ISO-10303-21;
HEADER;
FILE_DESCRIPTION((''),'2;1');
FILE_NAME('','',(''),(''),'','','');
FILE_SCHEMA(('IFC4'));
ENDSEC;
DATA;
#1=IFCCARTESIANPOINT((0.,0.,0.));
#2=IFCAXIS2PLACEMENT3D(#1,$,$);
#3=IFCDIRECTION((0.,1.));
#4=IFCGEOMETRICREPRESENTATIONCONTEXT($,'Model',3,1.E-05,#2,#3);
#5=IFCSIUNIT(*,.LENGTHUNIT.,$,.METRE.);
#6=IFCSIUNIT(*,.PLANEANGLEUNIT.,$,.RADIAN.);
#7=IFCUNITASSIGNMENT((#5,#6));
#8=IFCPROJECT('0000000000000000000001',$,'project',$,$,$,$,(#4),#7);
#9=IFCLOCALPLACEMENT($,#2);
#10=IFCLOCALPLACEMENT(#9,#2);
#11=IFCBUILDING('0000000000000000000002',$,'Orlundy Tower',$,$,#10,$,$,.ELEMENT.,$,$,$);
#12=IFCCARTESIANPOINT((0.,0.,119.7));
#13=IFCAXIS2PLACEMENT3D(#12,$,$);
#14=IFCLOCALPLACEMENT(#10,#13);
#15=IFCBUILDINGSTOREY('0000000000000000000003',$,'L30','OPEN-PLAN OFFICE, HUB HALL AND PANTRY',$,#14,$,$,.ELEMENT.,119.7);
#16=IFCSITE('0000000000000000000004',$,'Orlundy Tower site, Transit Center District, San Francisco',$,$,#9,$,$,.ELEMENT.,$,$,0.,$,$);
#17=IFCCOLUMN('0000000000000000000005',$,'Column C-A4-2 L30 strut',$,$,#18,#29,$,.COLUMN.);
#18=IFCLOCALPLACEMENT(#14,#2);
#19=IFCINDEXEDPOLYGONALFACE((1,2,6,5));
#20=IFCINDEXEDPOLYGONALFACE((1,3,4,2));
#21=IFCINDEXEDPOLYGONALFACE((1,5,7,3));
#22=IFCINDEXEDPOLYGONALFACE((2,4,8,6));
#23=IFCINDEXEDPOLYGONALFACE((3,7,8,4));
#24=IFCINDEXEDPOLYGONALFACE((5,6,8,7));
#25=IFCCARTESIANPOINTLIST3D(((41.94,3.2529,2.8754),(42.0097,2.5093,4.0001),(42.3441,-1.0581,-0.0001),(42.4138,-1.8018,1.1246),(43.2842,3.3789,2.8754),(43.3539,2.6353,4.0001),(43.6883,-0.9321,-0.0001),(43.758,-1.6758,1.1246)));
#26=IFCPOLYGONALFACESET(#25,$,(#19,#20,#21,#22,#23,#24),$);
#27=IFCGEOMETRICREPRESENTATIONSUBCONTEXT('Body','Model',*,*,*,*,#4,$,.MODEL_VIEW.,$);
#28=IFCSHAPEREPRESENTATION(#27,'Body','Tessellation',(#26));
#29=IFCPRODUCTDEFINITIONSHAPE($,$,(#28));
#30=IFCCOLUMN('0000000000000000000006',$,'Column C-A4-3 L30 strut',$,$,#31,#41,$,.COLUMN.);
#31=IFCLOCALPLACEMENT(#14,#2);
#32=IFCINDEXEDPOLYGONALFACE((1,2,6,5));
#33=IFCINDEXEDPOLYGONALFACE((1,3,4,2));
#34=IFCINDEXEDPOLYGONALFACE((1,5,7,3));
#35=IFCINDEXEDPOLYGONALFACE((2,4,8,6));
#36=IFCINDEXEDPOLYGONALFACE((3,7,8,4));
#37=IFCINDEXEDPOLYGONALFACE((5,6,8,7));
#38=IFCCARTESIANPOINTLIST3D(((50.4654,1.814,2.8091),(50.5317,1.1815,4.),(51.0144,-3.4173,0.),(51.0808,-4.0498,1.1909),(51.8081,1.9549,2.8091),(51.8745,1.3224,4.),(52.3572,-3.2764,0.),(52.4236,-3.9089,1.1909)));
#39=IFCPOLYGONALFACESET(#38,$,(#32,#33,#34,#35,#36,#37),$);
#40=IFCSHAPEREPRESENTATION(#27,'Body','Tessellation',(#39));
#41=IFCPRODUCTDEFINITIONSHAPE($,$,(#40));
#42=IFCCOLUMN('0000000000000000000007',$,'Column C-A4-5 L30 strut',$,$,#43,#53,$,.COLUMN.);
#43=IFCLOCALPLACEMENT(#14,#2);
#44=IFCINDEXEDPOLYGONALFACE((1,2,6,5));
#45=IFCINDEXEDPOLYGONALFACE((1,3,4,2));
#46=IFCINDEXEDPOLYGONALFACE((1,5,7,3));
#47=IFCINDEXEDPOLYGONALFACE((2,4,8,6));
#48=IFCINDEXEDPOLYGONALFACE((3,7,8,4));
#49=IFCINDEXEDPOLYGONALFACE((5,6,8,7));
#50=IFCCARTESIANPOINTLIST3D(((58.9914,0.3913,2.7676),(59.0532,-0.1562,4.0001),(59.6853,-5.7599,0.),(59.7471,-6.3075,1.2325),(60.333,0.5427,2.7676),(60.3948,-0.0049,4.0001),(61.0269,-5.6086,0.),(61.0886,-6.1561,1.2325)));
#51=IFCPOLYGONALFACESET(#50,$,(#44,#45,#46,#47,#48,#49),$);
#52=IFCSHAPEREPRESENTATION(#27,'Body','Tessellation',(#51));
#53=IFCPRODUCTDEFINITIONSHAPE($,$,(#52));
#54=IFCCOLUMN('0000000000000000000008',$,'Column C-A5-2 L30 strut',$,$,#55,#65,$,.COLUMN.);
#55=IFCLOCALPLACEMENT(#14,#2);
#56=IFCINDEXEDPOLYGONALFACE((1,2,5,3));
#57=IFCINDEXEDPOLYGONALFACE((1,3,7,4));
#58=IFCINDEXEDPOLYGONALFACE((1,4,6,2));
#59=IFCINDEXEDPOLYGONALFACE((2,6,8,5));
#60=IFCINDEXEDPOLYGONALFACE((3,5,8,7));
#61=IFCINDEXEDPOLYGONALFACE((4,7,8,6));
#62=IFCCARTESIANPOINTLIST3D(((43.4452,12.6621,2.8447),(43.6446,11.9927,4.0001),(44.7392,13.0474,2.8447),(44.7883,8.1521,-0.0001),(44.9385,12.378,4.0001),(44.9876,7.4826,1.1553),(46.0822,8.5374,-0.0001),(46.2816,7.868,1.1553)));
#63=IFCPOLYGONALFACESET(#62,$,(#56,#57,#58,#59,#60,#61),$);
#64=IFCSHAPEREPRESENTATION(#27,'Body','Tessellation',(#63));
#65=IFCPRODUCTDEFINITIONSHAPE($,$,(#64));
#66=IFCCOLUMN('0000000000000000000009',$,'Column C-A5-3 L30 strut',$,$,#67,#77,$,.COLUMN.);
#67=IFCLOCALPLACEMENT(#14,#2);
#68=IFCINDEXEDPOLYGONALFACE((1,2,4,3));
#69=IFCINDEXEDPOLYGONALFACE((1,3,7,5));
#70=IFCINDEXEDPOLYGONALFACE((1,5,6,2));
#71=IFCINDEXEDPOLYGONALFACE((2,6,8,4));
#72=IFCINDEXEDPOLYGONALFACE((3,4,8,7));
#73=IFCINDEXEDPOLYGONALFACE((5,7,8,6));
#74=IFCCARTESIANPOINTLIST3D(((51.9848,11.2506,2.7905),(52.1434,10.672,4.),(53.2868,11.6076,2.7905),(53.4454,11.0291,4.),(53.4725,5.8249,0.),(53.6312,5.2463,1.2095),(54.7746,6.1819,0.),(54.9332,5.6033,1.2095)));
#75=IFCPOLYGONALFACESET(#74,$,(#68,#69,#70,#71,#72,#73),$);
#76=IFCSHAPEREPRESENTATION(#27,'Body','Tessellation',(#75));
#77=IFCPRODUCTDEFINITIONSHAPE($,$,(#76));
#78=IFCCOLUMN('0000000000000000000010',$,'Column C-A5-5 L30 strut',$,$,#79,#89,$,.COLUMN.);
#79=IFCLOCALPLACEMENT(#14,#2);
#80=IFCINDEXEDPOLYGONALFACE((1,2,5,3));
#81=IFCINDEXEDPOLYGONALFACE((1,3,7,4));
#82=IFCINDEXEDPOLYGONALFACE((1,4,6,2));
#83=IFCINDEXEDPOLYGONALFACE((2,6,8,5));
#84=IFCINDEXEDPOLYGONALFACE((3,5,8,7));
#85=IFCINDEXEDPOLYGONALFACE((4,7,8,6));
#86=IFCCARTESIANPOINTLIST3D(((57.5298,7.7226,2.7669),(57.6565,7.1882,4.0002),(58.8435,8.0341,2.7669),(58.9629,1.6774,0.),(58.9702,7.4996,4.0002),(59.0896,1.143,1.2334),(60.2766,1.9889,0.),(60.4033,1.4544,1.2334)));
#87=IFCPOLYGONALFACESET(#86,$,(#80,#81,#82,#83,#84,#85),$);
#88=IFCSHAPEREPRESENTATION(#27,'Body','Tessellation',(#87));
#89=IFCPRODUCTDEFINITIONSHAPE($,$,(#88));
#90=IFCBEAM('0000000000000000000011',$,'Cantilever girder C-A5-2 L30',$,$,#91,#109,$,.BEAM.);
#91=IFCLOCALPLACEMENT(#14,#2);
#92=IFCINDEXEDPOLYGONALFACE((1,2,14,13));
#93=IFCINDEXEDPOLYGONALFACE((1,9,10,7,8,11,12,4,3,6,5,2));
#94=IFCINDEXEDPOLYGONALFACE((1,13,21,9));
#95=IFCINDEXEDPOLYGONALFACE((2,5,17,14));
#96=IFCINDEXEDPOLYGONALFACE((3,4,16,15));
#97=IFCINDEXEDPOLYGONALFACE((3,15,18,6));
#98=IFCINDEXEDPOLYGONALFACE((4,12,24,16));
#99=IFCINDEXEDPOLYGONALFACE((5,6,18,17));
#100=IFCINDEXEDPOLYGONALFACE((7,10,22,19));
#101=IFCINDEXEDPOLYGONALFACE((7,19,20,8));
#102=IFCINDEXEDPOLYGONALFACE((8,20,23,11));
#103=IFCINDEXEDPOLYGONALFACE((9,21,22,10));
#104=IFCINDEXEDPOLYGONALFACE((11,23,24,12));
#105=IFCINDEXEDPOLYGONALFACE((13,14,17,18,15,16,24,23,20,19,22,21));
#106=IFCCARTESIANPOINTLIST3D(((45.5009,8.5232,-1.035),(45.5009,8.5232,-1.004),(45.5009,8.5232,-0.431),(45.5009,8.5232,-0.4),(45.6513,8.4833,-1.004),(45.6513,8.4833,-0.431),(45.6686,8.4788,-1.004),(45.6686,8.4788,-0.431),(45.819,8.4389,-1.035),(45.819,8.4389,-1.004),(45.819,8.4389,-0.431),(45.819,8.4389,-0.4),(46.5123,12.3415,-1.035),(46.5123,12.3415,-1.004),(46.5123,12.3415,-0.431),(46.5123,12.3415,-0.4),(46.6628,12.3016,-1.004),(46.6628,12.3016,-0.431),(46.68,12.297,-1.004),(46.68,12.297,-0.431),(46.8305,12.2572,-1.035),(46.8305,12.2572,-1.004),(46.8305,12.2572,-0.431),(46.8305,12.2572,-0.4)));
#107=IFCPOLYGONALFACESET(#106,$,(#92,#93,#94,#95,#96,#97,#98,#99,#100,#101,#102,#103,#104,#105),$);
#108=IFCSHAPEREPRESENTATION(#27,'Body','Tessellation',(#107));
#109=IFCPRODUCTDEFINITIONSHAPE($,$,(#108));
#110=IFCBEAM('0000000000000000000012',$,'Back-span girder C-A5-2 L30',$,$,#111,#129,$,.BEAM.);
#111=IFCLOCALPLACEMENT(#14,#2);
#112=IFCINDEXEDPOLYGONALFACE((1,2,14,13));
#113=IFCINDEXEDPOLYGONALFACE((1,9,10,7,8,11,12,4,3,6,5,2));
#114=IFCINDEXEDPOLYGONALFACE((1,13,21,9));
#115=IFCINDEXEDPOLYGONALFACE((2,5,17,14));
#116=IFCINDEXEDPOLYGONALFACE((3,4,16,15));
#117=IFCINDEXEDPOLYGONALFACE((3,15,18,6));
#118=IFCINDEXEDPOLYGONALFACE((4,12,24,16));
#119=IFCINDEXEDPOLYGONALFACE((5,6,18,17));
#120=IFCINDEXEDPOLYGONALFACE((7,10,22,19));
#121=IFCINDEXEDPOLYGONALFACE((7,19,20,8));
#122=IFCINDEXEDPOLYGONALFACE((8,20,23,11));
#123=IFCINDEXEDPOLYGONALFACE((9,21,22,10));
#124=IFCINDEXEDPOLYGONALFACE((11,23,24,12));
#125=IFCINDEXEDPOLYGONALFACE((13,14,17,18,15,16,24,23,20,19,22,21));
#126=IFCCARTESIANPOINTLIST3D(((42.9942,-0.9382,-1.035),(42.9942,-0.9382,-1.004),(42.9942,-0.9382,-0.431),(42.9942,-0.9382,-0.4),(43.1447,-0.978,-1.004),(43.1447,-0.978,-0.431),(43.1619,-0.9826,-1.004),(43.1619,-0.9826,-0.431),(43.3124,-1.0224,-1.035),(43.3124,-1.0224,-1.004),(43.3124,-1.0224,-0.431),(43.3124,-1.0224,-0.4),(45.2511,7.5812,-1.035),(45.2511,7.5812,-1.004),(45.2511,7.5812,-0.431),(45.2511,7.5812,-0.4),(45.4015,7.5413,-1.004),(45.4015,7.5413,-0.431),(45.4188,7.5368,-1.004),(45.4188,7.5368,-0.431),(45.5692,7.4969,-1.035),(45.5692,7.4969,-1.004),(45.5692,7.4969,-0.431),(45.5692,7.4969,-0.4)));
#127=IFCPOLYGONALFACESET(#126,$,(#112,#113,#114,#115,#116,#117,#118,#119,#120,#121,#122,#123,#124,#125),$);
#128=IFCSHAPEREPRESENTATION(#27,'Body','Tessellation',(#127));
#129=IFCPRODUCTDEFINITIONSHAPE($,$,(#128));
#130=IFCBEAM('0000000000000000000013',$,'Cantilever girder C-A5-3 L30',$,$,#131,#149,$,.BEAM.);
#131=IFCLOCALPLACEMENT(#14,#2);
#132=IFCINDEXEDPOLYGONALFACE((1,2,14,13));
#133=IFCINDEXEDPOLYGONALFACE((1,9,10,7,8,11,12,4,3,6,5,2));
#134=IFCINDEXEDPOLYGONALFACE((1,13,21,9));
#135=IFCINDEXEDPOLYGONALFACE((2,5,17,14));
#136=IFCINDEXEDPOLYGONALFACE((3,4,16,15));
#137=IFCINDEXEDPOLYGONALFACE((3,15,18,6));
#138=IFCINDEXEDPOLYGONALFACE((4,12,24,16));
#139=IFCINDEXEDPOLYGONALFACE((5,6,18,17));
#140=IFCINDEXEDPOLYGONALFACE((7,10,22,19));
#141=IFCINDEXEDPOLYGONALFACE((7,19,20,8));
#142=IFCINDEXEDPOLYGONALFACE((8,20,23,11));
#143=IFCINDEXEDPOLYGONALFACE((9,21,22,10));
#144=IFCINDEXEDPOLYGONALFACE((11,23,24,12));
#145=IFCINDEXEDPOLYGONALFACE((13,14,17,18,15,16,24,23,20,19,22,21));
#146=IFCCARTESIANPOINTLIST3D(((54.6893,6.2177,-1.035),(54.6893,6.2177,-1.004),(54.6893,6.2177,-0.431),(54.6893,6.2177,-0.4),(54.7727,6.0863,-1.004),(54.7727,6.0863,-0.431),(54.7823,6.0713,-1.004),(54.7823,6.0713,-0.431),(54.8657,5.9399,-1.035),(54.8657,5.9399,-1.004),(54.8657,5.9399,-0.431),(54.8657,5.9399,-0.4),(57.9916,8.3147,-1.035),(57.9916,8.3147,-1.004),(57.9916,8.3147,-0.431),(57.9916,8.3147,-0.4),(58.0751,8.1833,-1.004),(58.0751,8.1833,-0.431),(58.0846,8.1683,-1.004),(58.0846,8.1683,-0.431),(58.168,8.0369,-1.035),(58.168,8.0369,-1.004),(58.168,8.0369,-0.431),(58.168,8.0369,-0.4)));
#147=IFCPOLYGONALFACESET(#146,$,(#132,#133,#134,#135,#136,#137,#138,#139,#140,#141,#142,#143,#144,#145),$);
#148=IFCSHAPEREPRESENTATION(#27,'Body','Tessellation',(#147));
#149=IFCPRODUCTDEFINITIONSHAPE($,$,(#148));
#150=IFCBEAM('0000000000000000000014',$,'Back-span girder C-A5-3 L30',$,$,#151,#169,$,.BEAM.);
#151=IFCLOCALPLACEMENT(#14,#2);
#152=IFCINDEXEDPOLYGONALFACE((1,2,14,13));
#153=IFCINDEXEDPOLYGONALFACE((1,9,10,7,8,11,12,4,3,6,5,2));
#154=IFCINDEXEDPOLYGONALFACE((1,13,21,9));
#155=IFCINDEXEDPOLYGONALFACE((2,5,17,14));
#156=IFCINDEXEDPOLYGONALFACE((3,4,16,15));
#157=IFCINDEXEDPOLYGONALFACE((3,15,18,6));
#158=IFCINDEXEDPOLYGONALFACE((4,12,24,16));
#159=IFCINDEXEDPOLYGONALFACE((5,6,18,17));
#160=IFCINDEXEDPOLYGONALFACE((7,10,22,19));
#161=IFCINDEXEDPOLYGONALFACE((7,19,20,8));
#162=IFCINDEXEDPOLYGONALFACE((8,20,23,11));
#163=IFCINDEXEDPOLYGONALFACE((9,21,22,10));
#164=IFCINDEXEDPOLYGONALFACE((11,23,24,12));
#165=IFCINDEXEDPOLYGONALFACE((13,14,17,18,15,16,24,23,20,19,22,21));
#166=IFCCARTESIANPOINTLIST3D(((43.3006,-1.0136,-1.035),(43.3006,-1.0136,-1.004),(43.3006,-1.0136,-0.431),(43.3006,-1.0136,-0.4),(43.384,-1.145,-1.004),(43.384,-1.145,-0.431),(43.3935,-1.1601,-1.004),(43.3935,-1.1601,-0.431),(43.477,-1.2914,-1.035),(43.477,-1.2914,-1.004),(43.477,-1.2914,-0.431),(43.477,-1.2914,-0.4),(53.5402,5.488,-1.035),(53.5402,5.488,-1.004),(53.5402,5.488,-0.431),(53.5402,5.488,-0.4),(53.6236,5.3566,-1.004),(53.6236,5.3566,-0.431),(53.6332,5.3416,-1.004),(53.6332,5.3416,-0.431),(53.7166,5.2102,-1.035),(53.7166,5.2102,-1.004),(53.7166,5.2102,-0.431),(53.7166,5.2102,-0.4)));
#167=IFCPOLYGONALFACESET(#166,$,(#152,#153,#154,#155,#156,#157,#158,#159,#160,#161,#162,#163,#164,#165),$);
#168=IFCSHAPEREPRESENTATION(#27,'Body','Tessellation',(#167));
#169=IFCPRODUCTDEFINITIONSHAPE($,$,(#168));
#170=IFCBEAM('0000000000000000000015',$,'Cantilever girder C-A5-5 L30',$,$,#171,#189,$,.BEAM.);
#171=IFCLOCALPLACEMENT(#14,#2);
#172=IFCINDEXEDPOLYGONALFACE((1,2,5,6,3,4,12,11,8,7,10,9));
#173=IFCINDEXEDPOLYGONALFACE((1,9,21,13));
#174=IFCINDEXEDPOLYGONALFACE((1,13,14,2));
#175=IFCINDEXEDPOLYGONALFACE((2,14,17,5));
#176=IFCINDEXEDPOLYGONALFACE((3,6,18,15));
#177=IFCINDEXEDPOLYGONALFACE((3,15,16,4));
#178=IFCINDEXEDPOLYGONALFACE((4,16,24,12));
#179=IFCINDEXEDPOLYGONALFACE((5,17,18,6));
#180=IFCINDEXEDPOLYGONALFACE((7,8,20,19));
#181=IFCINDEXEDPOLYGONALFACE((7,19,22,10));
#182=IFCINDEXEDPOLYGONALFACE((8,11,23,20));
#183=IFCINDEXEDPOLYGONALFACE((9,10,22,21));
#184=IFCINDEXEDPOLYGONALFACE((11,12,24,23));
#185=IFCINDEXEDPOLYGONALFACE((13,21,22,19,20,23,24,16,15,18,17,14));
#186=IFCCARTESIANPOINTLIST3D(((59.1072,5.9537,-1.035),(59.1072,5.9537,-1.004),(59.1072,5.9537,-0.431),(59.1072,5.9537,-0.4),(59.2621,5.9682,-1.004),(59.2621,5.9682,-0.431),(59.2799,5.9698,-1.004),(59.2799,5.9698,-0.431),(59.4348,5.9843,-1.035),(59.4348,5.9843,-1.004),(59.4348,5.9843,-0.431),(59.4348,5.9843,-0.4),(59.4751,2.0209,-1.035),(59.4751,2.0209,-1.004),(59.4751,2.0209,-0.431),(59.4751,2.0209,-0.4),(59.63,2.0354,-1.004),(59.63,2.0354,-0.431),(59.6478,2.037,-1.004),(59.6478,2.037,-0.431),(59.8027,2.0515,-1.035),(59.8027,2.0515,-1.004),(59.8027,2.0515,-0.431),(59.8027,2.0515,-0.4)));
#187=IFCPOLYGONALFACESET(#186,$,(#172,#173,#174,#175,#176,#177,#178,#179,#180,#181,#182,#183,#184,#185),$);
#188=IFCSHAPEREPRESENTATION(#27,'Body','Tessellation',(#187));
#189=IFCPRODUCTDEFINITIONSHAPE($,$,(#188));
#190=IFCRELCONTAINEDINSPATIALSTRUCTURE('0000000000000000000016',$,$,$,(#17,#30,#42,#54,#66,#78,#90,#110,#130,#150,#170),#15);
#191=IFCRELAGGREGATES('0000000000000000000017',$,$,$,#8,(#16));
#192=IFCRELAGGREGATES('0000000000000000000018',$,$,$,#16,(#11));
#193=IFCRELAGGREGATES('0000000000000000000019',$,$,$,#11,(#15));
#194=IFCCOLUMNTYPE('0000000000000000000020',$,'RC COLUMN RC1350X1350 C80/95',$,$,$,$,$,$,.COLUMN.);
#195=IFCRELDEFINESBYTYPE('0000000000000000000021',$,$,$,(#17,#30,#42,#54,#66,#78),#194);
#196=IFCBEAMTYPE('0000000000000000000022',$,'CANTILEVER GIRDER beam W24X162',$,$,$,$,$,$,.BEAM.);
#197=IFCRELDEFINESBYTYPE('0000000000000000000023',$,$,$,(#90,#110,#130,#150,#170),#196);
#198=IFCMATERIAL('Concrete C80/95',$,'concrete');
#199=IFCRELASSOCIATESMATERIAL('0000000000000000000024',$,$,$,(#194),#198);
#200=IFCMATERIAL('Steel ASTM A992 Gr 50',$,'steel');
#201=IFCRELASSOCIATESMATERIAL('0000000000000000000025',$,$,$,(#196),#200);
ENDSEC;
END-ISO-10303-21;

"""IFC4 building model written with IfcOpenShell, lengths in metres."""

from ifc_helpers import new_model, si_unit, direction, frame, origin, origin_2d, place, context, subcontext, project, spatial, rectangle, i_section, extrude, material, material_profile, profile_set, type_object, element, save


model = new_model("IFC4")

# Units and contexts
model_context = context("Model", 3, precision=1e-05, world=origin(), true_north=direction((0.0, 1.0)))
body_context = subcontext(model_context, "Body", "Model", "MODEL_VIEW")
ifc_project = project(units=[si_unit("LENGTHUNIT", "METRE"), si_unit("PLANEANGLEUNIT", "RADIAN")], contexts=[model_context])

# Site, building, storey
site_placement = place(None, origin())
site = spatial("IfcSite", under=ifc_project, at=site_placement, Name="Orlundy Tower site, Transit Center District, San Francisco", CompositionType="ELEMENT", RefElevation=0.0)
building_placement = place(site_placement, origin())
building = spatial("IfcBuilding", under=site, at=building_placement, Name="Orlundy Tower", CompositionType="ELEMENT")
storey_placement = place(building_placement, frame((0.0, 0.0, 119.7)))
storey = spatial("IfcBuildingStorey", under=building, at=storey_placement, Name="L30", Description="OPEN-PLAN OFFICE, HUB HALL AND PANTRY", CompositionType="ELEMENT", Elevation=119.7)

# Columns
ifc_material_1 = material(Name="Concrete C80/95", Category="concrete")
ifc_material_profile_1 = material_profile(ifc_material_1, rectangle(XDim=1.3501, YDim=1.3501, at=origin_2d()), Name="RC1350X1350")
ifc_profile_set_1 = profile_set([ifc_material_profile_1], Name="Concrete C80/95")
column_type = type_object("IfcColumnType", Name="RC COLUMN RC1350X1350 C80/95", PredefinedType="COLUMN", material=ifc_profile_set_1)
column_1_placement = place(storey_placement, frame((43.051, -1.3669, 0.5623), z_axis=(-0.077736, 0.829402, 0.553217), x_axis=(-0.995637, -0.093316, 0.0)))
element("IfcColumn", 1, at=column_1_placement, inside=storey, type_object=column_type, Name="Column C-A4-2 L30 strut", PredefinedType="COLUMN", context=body_context, shape_type="SweptSolid", body=[
    extrude(rectangle(XDim=1.3501, YDim=1.3501, at=origin_2d()), origin(), (0.0, 0.0, 1.0), 5.1978),
])
column_2_placement = place(storey_placement, frame((51.719, -3.6631, 0.5955), z_axis=(-0.092079, 0.87727, 0.471082), x_axis=(-0.994537, -0.104388, 0.0)))
element("IfcColumn", 2, at=column_2_placement, inside=storey, type_object=column_type, Name="Column C-A4-3 L30 strut", PredefinedType="COLUMN", context=body_context, shape_type="SweptSolid", body=[
    extrude(rectangle(XDim=1.3501, YDim=1.3501, at=origin_2d()), origin(), (0.0, 0.0, 1.0), 5.9631),
])
column_3_placement = place(storey_placement, frame((60.387, -5.958, 0.6162), z_axis=(-0.102328, 0.907158, 0.408158), x_axis=(-0.993698, -0.112089, 0.0)))
element("IfcColumn", 3, at=column_3_placement, inside=storey, type_object=column_type, Name="Column C-A4-5 L30 strut", PredefinedType="COLUMN", context=body_context, shape_type="SweptSolid", body=[
    extrude(rectangle(XDim=1.3501, YDim=1.3501, at=origin_2d()), origin(), (0.0, 0.0, 1.0), 6.7808),
])
column_4_placement = place(storey_placement, frame((45.5349, 8.01, 0.5776), z_axis=(-0.24424, 0.820187, 0.51734), x_axis=(-0.958408, -0.285401, 0.0)))
element("IfcColumn", 4, at=column_4_placement, inside=storey, type_object=column_type, Name="Column C-A5-2 L30 strut", PredefinedType="COLUMN", context=body_context, shape_type="SweptSolid", body=[
    extrude(rectangle(XDim=1.3501, YDim=1.3501, at=origin_2d()), origin(), (0.0, 0.0, 1.0), 5.4988),
])
column_5_placement = place(storey_placement, frame((54.2029, 5.7141, 0.6047), z_axis=(-0.236906, 0.863964, 0.444344), x_axis=(-0.9644, -0.264446, 0.0)))
element("IfcColumn", 5, at=column_5_placement, inside=storey, type_object=column_type, Name="Column C-A5-3 L30 strut", PredefinedType="COLUMN", context=body_context, shape_type="SweptSolid", body=[
    extrude(rectangle(XDim=1.3501, YDim=1.3501, at=origin_2d()), origin(), (0.0, 0.0, 1.0), 6.28),
])
column_6_placement = place(storey_placement, frame((59.6831, 1.5659, 0.6167), z_axis=(-0.210721, 0.888868, 0.406831), x_axis=(-0.973031, -0.230673, 0.0)))
element("IfcColumn", 6, at=column_6_placement, inside=storey, type_object=column_type, Name="Column C-A5-5 L30 strut", PredefinedType="COLUMN", context=body_context, shape_type="SweptSolid", body=[
    extrude(rectangle(XDim=1.3501, YDim=1.3501, at=origin_2d()), origin(), (0.0, 0.0, 1.0), 6.801),
])

# Beams
ifc_material_2 = material(Name="Steel ASTM A992 Gr 50", Category="steel")
ifc_material_profile_2 = material_profile(ifc_material_2, i_section(OverallWidth=0.3291, OverallDepth=0.635, WebThickness=0.0178, FlangeThickness=0.031, at=origin_2d()), Name="W24X162")
ifc_profile_set_2 = profile_set([ifc_material_profile_2], Name="Steel ASTM A992 Gr 50")
beam_type = type_object("IfcBeamType", Name="CANTILEVER GIRDER beam W24X162", PredefinedType="BEAM", material=ifc_profile_set_2)
beam_1_placement = place(storey_placement, frame((46.6714, 12.2993, -0.7175), z_axis=(-0.256066, -0.966659, 0.0), x_axis=(0.966659, -0.256066, 0.0)))
element("IfcBeam", 7, at=beam_1_placement, inside=storey, type_object=beam_type, Name="Cantilever girder C-A5-2 L30", PredefinedType="BEAM", context=body_context, shape_type="SweptSolid", body=[
    extrude(i_section(OverallWidth=0.3291, OverallDepth=0.635, WebThickness=0.0178, FlangeThickness=0.031, at=origin_2d()), origin(), (0.0, 0.0, 1.0), 3.95),
])
beam_2_placement = place(storey_placement, frame((45.4102, 7.5391, -0.7175), z_axis=(-0.256076, -0.966657, 0.0), x_axis=(0.966657, -0.256076, 0.0)))
element("IfcBeam", 8, at=beam_2_placement, inside=storey, type_object=beam_type, Name="Back-span girder C-A5-2 L30", PredefinedType="BEAM", context=body_context, shape_type="SweptSolid", body=[
    extrude(i_section(OverallWidth=0.3291, OverallDepth=0.635, WebThickness=0.0178, FlangeThickness=0.031, at=origin_2d()), origin(), (0.0, 0.0, 1.0), 8.8132),
])
beam_3_placement = place(storey_placement, frame((58.0798, 8.1758, -0.7175), z_axis=(-0.844183, -0.536055, 0.0), x_axis=(0.536055, -0.844183, 0.0)))
element("IfcBeam", 9, at=beam_3_placement, inside=storey, type_object=beam_type, Name="Cantilever girder C-A5-3 L30", PredefinedType="BEAM", context=body_context, shape_type="SweptSolid", body=[
    extrude(i_section(OverallWidth=0.3291, OverallDepth=0.635, WebThickness=0.0178, FlangeThickness=0.031, at=origin_2d()), origin(), (0.0, 0.0, 1.0), 3.9119),
])
beam_4_placement = place(storey_placement, frame((53.6284, 5.3491, -0.7175), z_axis=(-0.844202, -0.536025, 0.0), x_axis=(0.536025, -0.844202, 0.0)))
element("IfcBeam", 10, at=beam_4_placement, inside=storey, type_object=beam_type, Name="Back-span girder C-A5-3 L30", PredefinedType="BEAM", context=body_context, shape_type="SweptSolid", body=[
    extrude(i_section(OverallWidth=0.3291, OverallDepth=0.635, WebThickness=0.0178, FlangeThickness=0.031, at=origin_2d()), origin(), (0.0, 0.0, 1.0), 12.1294),
])
beam_5_placement = place(storey_placement, frame((59.271, 5.969, -0.7175), z_axis=(0.093143, -0.995653, 0.0), x_axis=(0.995653, 0.093143, 0.0)))
element("IfcBeam", 11, at=beam_5_placement, inside=storey, type_object=beam_type, Name="Cantilever girder C-A5-5 L30", PredefinedType="BEAM", context=body_context, shape_type="SweptSolid", body=[
    extrude(i_section(OverallWidth=0.3291, OverallDepth=0.635, WebThickness=0.0178, FlangeThickness=0.031, at=origin_2d()), origin(), (0.0, 0.0, 1.0), 3.95),
])

save(model, "model.ifc")
